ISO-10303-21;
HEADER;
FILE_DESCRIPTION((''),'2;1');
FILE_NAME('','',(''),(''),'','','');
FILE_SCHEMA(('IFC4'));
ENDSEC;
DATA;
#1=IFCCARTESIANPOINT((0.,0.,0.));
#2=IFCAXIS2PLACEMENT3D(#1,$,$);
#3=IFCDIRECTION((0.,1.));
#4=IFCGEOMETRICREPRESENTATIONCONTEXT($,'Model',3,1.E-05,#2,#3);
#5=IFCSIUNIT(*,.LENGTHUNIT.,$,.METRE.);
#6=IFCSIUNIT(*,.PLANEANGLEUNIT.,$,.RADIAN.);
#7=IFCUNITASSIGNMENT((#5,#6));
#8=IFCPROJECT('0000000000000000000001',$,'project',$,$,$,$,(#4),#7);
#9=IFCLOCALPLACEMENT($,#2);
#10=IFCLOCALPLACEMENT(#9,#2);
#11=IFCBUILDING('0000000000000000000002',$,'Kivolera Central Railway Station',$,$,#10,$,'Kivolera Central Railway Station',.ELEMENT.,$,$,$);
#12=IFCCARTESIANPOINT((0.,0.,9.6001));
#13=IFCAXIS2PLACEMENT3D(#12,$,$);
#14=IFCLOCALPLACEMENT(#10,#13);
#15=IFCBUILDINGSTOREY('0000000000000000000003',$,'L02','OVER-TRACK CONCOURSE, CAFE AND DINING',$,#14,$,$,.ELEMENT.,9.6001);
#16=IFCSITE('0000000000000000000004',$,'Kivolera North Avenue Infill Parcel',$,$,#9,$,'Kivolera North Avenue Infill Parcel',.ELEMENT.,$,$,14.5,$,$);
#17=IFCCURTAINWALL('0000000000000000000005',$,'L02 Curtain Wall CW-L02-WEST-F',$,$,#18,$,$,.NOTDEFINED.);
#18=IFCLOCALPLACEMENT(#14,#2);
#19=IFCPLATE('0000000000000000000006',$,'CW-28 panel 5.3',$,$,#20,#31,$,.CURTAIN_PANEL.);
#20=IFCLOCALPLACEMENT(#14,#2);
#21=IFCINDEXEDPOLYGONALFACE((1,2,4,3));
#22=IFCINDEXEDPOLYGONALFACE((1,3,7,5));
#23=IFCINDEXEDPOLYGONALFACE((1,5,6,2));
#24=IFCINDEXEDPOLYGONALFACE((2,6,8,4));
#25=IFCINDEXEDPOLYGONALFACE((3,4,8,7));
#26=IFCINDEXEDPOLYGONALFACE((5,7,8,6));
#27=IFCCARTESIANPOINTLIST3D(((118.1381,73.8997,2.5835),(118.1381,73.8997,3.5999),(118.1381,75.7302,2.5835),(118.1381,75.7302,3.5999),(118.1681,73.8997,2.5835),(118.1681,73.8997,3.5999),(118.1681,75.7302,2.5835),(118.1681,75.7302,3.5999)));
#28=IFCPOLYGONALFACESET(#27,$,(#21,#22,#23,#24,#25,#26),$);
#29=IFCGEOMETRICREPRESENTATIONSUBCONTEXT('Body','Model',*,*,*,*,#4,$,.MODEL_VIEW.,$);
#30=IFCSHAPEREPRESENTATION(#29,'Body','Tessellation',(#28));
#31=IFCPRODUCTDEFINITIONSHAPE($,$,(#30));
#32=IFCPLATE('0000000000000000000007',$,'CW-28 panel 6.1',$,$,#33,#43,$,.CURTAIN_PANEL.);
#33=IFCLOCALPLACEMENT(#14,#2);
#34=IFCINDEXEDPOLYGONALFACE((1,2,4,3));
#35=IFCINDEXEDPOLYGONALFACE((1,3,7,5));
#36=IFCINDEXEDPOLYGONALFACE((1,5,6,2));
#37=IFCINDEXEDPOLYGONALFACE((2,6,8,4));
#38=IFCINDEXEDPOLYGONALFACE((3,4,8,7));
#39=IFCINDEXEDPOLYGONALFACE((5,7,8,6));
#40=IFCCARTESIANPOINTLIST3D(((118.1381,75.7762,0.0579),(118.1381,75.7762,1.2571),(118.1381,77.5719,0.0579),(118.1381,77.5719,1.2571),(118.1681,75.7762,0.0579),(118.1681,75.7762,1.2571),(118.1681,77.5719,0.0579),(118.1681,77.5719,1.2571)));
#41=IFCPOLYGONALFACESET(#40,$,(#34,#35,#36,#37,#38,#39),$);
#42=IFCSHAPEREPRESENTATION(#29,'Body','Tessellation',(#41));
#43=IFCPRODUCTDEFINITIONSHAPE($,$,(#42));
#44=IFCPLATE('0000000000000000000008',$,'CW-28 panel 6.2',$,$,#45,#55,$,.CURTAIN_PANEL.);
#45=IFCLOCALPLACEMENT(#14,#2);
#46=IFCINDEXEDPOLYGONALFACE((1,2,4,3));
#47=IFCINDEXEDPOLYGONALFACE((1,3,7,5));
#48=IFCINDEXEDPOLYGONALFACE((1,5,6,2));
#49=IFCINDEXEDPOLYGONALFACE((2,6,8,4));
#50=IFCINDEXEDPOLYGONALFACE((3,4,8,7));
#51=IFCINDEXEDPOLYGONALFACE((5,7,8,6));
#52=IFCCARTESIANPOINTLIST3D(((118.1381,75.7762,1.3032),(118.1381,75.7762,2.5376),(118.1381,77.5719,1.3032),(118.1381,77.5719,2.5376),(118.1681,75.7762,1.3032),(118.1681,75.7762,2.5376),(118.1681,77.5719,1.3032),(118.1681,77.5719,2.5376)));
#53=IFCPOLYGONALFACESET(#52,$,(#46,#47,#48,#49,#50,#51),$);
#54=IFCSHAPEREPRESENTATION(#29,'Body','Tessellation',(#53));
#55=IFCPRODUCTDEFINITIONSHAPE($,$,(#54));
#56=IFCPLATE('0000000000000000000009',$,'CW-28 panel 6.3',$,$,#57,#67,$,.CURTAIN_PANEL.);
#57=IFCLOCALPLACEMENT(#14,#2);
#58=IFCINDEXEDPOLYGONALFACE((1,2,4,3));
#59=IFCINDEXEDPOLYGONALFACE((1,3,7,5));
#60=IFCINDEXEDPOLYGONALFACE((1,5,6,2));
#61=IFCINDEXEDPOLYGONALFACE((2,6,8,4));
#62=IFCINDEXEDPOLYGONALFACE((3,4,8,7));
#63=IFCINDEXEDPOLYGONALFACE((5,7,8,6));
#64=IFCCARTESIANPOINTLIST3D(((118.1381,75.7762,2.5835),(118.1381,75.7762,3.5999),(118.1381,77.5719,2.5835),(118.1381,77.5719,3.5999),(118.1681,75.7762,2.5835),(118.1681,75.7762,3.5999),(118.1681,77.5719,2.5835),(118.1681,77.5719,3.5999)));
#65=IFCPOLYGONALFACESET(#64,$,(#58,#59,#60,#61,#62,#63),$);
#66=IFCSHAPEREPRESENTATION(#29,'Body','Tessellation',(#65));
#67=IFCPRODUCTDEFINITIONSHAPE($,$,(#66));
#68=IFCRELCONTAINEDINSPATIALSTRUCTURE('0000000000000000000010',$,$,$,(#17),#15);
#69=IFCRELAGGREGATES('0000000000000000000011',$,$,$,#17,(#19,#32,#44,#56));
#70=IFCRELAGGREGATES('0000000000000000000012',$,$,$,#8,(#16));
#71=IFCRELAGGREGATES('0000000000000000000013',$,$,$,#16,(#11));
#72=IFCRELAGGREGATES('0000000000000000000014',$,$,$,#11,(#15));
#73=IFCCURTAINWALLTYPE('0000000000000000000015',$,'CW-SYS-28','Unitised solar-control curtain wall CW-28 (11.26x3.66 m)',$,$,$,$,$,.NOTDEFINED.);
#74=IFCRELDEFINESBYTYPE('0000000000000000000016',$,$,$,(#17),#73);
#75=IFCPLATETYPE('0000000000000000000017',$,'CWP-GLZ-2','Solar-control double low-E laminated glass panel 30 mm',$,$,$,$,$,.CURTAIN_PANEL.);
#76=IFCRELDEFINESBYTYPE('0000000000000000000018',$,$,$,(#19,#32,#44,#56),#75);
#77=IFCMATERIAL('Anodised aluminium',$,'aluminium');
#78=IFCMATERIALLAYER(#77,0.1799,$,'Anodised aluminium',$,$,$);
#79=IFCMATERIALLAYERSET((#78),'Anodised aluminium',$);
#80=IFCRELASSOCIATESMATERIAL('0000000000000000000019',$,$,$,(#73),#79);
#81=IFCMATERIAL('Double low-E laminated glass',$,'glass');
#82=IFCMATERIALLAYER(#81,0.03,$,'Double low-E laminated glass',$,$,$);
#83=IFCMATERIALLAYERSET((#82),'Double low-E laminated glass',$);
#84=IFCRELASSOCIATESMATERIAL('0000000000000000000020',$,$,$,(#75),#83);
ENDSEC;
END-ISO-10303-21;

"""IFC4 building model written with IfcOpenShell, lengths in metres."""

from ifc_helpers import new_model, si_unit, direction, frame, origin, origin_2d, place, context, subcontext, project, spatial, rectangle, extrude, material, layer, layer_set, type_object, element, aggregate, save


model = new_model("IFC4")

# Units and contexts
model_context = context("Model", 3, precision=1e-05, world=origin(), true_north=direction((0.0, 1.0)))
body_context = subcontext(model_context, "Body", "Model", "MODEL_VIEW")
ifc_project = project(units=[si_unit("LENGTHUNIT", "METRE"), si_unit("PLANEANGLEUNIT", "RADIAN")], contexts=[model_context])

# Site, building, storey
site_placement = place(None, origin())
site = spatial("IfcSite", under=ifc_project, at=site_placement, Name="Kivolera North Avenue Infill Parcel", LongName="Kivolera North Avenue Infill Parcel", CompositionType="ELEMENT", RefElevation=14.5)
building_placement = place(site_placement, origin())
building = spatial("IfcBuilding", under=site, at=building_placement, Name="Kivolera Central Railway Station", LongName="Kivolera Central Railway Station", CompositionType="ELEMENT")
storey_placement = place(building_placement, frame((0.0, 0.0, 9.6001)))
storey = spatial("IfcBuildingStorey", under=building, at=storey_placement, Name="L02", Description="OVER-TRACK CONCOURSE, CAFE AND DINING", CompositionType="ELEMENT", Elevation=9.6001)

# Curtain wall, plates
ifc_material_1 = material(Name="Anodised aluminium", Category="aluminium")
ifc_layer_1 = layer(ifc_material_1, 0.1799, Name="Anodised aluminium")
ifc_layer_set_1 = layer_set([ifc_layer_1], Name="Anodised aluminium")
curtain_wall_type = type_object("IfcCurtainWallType", Name="CW-SYS-28", Description="Unitised solar-control curtain wall CW-28 (11.26x3.66 m)", PredefinedType="NOTDEFINED", material=ifc_layer_set_1)
curtain_wall_placement = place(storey_placement, origin())
curtain_wall = element("IfcCurtainWall", 1, at=curtain_wall_placement, inside=storey, type_object=curtain_wall_type, Name="L02 Curtain Wall CW-L02-WEST-F", PredefinedType="NOTDEFINED")
ifc_material_2 = material(Name="Double low-E laminated glass", Category="glass")
ifc_layer_2 = layer(ifc_material_2, 0.03, Name="Double low-E laminated glass")
ifc_layer_set_2 = layer_set([ifc_layer_2], Name="Double low-E laminated glass")
plate_type = type_object("IfcPlateType", Name="CWP-GLZ-2", Description="Solar-control double low-E laminated glass panel 30 mm", PredefinedType="CURTAIN_PANEL", material=ifc_layer_set_2)
plate_1_placement = place(storey_placement, frame((118.1531, 74.8149, 2.5835), z_axis=(0.0, 0.0, 1.0), x_axis=(0.0, 1.0, 0.0)))
plate_1 = element("IfcPlate", 2, at=plate_1_placement, type_object=plate_type, Name="CW-28 panel 5.3", PredefinedType="CURTAIN_PANEL", context=body_context, shape_type="SweptSolid", body=[
    extrude(rectangle(XDim=1.8306, YDim=0.03, at=origin_2d()), origin(), (0.0, 0.0, 1.0), 1.0164),
])
plate_2_placement = place(storey_placement, frame((118.1531, 76.6741, 0.0579), z_axis=(0.0, 0.0, 1.0), x_axis=(0.0, 1.0, 0.0)))
plate_2 = element("IfcPlate", 3, at=plate_2_placement, type_object=plate_type, Name="CW-28 panel 6.1", PredefinedType="CURTAIN_PANEL", context=body_context, shape_type="SweptSolid", body=[
    extrude(rectangle(XDim=1.7957, YDim=0.03, at=origin_2d()), origin(), (0.0, 0.0, 1.0), 1.1992),
])
plate_3_placement = place(storey_placement, frame((118.1531, 76.6741, 1.3032), z_axis=(0.0, 0.0, 1.0), x_axis=(0.0, 1.0, 0.0)))
plate_3 = element("IfcPlate", 4, at=plate_3_placement, type_object=plate_type, Name="CW-28 panel 6.2", PredefinedType="CURTAIN_PANEL", context=body_context, shape_type="SweptSolid", body=[
    extrude(rectangle(XDim=1.7957, YDim=0.03, at=origin_2d()), origin(), (0.0, 0.0, 1.0), 1.2344),
])
plate_4_placement = place(storey_placement, frame((118.1531, 76.6741, 2.5835), z_axis=(0.0, 0.0, 1.0), x_axis=(0.0, 1.0, 0.0)))
plate_4 = element("IfcPlate", 5, at=plate_4_placement, type_object=plate_type, Name="CW-28 panel 6.3", PredefinedType="CURTAIN_PANEL", context=body_context, shape_type="SweptSolid", body=[
    extrude(rectangle(XDim=1.7957, YDim=0.03, at=origin_2d()), origin(), (0.0, 0.0, 1.0), 1.0164),
])
aggregate(curtain_wall, [plate_1, plate_2, plate_3, plate_4])

save(model, "model.ifc")
